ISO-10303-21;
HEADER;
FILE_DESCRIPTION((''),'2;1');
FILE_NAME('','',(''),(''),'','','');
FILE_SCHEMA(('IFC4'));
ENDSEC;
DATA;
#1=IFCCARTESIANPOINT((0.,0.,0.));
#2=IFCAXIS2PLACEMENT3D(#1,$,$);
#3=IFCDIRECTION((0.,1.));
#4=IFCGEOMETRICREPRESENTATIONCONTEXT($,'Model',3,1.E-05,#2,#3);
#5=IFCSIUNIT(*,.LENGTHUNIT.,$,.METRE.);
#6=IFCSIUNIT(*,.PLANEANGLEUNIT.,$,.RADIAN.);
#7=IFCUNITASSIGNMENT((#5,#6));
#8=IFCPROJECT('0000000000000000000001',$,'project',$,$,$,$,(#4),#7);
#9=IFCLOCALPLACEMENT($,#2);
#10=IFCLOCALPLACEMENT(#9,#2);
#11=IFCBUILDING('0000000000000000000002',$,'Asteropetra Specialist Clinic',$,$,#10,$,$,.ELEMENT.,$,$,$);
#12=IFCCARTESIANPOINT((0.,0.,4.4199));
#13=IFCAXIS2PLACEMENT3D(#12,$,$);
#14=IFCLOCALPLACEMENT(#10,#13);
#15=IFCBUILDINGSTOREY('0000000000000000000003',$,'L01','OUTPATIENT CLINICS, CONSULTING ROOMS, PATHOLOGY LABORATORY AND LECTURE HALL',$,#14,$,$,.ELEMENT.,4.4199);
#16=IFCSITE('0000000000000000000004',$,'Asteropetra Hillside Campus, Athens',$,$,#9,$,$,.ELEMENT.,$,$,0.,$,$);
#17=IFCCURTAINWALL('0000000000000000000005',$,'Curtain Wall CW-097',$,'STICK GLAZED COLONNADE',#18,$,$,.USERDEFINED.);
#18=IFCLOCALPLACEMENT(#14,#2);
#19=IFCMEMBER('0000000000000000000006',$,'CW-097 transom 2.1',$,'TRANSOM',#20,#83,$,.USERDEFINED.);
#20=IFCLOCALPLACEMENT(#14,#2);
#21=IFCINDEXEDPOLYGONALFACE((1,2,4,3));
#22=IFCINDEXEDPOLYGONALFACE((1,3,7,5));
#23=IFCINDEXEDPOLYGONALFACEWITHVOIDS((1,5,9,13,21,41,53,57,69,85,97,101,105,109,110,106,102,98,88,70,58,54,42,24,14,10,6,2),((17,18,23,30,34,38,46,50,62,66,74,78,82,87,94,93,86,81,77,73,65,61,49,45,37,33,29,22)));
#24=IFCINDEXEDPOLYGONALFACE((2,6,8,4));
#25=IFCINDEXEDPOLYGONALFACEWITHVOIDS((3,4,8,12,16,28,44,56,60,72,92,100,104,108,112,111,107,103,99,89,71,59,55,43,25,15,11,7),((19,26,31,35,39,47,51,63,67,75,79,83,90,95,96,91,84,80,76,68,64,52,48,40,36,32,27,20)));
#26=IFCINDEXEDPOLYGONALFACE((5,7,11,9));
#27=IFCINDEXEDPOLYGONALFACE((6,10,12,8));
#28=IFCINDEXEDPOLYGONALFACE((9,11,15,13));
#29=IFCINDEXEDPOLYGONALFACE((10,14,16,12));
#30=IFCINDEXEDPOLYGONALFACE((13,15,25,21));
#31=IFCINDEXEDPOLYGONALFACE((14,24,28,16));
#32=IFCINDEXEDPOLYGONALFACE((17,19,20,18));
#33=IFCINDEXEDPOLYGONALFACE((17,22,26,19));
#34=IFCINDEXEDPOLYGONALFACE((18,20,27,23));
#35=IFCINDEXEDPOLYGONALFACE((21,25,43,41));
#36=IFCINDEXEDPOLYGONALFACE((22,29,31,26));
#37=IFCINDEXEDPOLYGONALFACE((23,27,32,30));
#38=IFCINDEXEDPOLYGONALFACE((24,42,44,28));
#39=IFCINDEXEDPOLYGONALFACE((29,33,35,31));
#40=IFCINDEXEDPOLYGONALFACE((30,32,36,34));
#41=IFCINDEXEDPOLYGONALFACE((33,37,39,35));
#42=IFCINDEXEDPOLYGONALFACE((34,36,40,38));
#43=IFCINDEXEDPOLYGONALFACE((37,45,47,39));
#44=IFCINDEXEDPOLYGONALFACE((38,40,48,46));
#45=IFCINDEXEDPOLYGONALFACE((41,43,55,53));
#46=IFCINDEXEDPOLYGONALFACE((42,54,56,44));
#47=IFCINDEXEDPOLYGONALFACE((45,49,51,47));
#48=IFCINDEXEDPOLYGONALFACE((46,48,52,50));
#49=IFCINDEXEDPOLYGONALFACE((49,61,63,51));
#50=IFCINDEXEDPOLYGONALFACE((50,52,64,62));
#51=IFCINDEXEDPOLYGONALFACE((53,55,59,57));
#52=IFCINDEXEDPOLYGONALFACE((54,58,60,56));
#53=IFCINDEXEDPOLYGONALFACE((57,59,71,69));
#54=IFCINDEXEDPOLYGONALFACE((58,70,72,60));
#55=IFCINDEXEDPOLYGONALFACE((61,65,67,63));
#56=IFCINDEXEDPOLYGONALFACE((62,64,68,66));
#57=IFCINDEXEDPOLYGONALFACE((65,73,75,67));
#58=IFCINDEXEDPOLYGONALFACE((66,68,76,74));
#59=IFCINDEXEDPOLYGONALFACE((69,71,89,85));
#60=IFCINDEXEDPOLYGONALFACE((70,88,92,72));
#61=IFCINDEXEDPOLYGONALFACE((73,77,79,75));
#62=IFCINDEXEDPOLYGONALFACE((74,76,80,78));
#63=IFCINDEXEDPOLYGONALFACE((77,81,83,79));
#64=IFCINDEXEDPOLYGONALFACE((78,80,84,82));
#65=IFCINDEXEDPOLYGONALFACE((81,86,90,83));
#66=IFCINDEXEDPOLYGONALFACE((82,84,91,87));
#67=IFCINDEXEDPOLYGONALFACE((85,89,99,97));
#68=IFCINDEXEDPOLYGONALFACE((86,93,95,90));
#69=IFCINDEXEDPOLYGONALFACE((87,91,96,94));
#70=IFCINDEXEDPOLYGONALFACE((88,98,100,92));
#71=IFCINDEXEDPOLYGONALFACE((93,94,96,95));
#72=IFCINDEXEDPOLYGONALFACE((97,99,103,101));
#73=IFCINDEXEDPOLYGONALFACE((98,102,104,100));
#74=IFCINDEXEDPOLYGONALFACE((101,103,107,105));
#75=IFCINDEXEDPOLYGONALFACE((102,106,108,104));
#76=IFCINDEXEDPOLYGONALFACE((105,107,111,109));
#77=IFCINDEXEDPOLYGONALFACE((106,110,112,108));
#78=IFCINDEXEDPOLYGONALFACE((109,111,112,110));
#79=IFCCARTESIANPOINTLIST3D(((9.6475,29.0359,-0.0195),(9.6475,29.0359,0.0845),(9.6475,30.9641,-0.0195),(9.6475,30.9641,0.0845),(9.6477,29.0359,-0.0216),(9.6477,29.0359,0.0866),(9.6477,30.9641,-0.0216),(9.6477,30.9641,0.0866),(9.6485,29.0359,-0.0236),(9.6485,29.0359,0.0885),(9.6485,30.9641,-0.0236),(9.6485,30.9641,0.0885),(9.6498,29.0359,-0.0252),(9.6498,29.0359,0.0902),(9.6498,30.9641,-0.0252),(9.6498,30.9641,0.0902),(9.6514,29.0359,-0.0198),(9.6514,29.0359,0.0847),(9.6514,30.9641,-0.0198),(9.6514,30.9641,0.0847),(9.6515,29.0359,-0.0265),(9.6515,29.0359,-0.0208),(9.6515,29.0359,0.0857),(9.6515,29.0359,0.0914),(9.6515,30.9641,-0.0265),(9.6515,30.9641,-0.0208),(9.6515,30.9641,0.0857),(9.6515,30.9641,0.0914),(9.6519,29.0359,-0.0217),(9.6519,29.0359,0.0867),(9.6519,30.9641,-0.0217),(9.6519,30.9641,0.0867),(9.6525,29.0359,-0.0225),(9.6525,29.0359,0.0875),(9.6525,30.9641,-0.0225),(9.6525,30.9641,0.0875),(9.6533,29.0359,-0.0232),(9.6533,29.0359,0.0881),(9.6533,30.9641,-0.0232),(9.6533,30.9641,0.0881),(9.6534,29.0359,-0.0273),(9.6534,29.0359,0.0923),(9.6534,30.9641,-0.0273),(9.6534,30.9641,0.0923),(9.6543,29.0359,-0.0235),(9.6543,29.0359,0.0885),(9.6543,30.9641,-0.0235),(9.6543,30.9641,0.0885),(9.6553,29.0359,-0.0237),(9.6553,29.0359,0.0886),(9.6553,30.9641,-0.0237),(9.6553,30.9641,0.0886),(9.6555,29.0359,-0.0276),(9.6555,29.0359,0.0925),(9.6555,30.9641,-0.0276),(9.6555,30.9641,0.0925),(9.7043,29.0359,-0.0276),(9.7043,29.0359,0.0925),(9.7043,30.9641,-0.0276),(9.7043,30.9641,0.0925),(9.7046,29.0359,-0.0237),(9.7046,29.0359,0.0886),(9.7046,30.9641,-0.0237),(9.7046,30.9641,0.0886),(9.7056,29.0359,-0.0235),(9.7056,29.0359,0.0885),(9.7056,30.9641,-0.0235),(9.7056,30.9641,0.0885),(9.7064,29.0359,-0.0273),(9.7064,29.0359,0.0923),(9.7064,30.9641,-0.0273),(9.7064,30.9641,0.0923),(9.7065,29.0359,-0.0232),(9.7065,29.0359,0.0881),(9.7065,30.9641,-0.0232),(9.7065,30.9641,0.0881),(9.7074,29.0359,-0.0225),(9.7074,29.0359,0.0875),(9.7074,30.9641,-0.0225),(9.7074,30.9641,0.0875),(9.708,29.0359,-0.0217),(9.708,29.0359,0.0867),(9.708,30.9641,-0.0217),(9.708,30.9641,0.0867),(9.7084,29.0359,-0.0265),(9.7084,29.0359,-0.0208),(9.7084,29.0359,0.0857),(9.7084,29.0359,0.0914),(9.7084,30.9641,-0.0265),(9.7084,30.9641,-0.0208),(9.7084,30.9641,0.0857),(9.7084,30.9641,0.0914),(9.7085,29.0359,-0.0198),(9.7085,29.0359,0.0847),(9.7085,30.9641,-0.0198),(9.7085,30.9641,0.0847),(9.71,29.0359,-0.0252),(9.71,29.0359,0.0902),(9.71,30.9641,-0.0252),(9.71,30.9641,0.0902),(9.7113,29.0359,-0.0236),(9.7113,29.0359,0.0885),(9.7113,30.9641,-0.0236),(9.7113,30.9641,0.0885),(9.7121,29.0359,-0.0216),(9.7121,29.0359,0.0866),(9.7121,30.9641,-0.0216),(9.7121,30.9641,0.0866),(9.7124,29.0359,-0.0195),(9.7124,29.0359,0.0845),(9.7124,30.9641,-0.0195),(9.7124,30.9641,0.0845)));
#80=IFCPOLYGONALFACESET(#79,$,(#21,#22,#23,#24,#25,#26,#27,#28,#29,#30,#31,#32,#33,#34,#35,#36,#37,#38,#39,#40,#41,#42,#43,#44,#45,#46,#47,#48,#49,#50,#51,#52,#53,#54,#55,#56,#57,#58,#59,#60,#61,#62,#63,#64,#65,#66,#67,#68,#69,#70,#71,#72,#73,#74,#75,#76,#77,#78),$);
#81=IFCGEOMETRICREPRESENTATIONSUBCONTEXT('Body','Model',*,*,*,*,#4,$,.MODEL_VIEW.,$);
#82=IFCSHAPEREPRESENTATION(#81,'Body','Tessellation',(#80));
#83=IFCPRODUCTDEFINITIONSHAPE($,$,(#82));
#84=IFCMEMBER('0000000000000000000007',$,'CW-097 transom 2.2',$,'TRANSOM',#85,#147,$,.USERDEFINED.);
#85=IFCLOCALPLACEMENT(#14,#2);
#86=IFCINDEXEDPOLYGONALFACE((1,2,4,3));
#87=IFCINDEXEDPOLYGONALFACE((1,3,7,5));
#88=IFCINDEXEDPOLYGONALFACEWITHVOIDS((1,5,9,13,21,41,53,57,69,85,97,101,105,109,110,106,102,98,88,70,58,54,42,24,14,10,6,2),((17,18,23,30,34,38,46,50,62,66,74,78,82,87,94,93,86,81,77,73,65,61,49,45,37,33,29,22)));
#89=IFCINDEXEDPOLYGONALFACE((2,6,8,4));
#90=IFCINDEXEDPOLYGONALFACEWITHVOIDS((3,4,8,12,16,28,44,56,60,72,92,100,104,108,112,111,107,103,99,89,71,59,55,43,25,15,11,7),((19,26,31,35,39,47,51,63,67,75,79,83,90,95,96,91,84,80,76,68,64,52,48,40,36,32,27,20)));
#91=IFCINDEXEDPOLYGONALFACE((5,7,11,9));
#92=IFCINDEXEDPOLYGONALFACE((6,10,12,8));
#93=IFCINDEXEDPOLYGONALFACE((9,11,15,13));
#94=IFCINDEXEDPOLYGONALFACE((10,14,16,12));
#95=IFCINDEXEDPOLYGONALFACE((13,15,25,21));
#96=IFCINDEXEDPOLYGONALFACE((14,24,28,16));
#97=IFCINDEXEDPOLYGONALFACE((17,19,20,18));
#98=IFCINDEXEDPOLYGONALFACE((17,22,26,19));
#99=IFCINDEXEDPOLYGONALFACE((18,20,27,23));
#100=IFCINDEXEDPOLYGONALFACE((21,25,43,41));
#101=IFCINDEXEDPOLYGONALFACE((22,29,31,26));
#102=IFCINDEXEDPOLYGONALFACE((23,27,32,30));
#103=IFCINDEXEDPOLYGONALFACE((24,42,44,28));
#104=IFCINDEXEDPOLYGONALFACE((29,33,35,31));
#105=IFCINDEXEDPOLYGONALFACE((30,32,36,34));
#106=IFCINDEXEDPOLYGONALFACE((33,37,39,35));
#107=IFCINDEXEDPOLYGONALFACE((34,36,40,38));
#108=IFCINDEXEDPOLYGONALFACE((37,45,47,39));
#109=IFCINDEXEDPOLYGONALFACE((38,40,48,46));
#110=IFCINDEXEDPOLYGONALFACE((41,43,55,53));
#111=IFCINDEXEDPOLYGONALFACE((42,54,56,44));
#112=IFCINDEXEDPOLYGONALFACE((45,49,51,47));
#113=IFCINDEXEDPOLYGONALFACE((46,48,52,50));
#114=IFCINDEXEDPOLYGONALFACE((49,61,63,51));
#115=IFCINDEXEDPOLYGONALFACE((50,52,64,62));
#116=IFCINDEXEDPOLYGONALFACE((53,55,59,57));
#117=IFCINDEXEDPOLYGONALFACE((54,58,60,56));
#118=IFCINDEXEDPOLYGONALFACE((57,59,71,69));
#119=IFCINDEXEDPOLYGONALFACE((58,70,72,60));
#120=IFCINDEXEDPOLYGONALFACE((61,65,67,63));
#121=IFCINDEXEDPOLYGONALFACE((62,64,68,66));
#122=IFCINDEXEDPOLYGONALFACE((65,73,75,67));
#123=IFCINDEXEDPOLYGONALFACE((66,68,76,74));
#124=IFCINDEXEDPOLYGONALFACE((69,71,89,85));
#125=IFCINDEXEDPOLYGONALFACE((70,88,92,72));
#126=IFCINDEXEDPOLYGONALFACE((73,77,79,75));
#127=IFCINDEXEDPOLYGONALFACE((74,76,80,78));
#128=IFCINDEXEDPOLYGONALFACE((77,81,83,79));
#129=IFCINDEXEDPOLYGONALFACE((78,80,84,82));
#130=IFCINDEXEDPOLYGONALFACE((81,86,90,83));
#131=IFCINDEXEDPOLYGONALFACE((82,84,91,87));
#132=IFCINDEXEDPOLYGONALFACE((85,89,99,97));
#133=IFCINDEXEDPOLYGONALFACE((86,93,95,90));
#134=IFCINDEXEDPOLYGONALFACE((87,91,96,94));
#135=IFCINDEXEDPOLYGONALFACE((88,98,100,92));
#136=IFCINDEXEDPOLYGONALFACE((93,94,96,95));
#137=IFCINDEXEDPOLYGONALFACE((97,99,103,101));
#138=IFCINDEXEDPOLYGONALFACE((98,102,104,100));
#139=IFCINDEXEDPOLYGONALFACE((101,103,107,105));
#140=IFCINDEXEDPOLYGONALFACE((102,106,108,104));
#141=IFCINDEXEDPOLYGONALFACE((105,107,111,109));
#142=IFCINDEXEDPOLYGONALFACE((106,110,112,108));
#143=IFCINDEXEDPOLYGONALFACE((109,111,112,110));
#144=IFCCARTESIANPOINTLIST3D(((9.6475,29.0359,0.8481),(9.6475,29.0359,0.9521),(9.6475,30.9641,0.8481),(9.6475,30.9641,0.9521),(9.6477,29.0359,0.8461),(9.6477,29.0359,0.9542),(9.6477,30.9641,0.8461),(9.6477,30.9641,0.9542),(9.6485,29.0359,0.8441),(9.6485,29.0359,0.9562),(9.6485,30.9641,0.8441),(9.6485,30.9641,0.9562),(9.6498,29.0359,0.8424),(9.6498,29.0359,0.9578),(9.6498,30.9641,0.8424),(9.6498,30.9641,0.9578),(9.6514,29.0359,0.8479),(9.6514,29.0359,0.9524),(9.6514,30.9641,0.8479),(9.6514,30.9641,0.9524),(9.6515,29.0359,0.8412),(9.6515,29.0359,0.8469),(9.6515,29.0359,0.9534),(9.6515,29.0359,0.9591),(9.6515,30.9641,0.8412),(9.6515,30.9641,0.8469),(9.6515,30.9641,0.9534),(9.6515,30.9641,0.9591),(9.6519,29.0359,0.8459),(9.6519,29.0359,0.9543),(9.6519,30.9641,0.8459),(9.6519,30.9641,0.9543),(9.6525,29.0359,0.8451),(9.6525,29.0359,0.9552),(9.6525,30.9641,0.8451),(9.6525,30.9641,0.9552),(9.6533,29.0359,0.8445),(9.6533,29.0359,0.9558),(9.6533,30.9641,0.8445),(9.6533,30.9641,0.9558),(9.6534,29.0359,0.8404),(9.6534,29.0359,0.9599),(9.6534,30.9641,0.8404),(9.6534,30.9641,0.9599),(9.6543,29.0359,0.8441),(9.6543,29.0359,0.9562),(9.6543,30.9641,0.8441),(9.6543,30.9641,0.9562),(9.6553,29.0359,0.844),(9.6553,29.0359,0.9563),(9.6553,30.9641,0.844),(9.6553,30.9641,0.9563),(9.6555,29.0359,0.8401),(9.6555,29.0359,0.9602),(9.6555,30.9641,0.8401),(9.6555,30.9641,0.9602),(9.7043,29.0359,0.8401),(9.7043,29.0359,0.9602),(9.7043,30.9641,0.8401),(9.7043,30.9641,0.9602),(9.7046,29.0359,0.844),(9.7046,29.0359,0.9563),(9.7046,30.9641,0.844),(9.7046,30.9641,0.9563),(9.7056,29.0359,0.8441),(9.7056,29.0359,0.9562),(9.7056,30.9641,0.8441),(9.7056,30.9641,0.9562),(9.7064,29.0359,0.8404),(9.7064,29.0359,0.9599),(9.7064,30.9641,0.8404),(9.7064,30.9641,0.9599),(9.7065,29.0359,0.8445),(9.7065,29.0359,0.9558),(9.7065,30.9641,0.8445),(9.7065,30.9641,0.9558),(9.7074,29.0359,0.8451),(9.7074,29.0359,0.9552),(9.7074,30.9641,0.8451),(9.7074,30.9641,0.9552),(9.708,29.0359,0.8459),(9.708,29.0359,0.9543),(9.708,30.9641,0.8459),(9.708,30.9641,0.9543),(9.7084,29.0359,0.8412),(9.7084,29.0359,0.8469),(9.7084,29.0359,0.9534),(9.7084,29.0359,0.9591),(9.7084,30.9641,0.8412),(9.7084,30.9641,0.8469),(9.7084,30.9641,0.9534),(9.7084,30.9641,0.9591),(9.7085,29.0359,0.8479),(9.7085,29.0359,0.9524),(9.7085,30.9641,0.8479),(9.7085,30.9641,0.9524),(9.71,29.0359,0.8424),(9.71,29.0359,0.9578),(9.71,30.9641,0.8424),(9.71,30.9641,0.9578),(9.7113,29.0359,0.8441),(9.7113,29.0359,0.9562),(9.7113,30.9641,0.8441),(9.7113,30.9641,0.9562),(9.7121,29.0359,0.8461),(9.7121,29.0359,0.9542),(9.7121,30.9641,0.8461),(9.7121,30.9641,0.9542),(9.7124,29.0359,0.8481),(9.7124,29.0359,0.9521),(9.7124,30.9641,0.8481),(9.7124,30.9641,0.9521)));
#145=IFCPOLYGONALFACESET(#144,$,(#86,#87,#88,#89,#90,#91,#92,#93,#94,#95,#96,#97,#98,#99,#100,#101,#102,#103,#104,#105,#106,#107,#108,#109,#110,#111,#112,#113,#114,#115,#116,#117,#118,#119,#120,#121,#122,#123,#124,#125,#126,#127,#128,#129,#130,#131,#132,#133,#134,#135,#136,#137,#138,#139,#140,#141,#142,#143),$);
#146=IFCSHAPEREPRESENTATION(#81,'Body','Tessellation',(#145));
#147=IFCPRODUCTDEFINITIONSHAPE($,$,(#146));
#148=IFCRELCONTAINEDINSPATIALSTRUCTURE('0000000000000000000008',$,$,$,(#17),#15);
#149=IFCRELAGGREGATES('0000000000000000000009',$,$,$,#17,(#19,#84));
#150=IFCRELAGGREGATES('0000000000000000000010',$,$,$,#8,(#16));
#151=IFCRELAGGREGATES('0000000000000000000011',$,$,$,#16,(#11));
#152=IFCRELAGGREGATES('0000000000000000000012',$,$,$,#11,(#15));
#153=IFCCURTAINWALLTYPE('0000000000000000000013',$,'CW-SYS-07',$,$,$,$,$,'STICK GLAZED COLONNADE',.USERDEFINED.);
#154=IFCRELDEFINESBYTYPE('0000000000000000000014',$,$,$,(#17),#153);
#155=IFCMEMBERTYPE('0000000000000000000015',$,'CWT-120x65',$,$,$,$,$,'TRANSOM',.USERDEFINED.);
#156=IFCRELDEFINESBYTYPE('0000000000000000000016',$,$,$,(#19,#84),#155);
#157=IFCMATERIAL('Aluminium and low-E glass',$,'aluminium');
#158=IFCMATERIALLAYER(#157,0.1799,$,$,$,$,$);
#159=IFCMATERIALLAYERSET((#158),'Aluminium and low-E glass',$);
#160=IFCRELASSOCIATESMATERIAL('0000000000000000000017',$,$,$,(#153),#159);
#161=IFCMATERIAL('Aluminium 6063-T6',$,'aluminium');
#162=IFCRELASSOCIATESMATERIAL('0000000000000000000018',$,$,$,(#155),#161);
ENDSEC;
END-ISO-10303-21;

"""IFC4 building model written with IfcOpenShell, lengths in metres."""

from ifc_helpers import new_model, si_unit, direction, frame, origin, origin_2d, place, context, subcontext, project, spatial, hollow_rectangle, extrude, material, layer, layer_set, material_profile, profile_set, type_object, element, aggregate, save


model = new_model("IFC4")

# Units and contexts
model_context = context("Model", 3, precision=1e-05, world=origin(), true_north=direction((0.0, 1.0)))
body_context = subcontext(model_context, "Body", "Model", "MODEL_VIEW")
ifc_project = project(units=[si_unit("LENGTHUNIT", "METRE"), si_unit("PLANEANGLEUNIT", "RADIAN")], contexts=[model_context])

# Site, building, storey
site_placement = place(None, origin())
site = spatial("IfcSite", under=ifc_project, at=site_placement, Name="Asteropetra Hillside Campus, Athens", CompositionType="ELEMENT", RefElevation=0.0)
building_placement = place(site_placement, origin())
building = spatial("IfcBuilding", under=site, at=building_placement, Name="Asteropetra Specialist Clinic", CompositionType="ELEMENT")
storey_placement = place(building_placement, frame((0.0, 0.0, 4.4199)))
storey = spatial("IfcBuildingStorey", under=building, at=storey_placement, Name="L01", Description="OUTPATIENT CLINICS, CONSULTING ROOMS, PATHOLOGY LABORATORY AND LECTURE HALL", CompositionType="ELEMENT", Elevation=4.4199)

# Curtain wall, members
ifc_material_1 = material(Name="Aluminium and low-E glass", Category="aluminium")
ifc_layer_1 = layer(ifc_material_1, 0.1799)
ifc_layer_set_1 = layer_set([ifc_layer_1], Name="Aluminium and low-E glass")
curtain_wall_type = type_object("IfcCurtainWallType", Name="CW-SYS-07", ElementType="STICK GLAZED COLONNADE", PredefinedType="USERDEFINED", material=ifc_layer_set_1)
curtain_wall_placement = place(storey_placement, origin())
curtain_wall = element("IfcCurtainWall", 1, at=curtain_wall_placement, inside=storey, type_object=curtain_wall_type, Name="Curtain Wall CW-097", ObjectType="STICK GLAZED COLONNADE", PredefinedType="USERDEFINED")
ifc_material_2 = material(Name="Aluminium 6063-T6", Category="aluminium")
ifc_material_profile_1 = material_profile(ifc_material_2, hollow_rectangle(XDim=0.0649, YDim=0.1201, WallThickness=0.0039, InnerFilletRadius=0.0039, OuterFilletRadius=0.0081, at=origin_2d()), Name="TRN 120x65x4.0")
ifc_profile_set_1 = profile_set([ifc_material_profile_1], Name="Aluminium 6063-T6")
member_type_1 = type_object("IfcMemberType", Name="CWT-120x65", ElementType="TRANSOM", PredefinedType="USERDEFINED", material=ifc_profile_set_1)
member_1_placement = place(storey_placement, frame((9.6799, 29.0359, 0.0325), z_axis=(0.0, 1.0, 0.0), x_axis=(-1.0, 0.0, 0.0)))
member_1 = element("IfcMember", 2, at=member_1_placement, type_object=member_type_1, Name="CW-097 transom 2.1", ObjectType="TRANSOM", PredefinedType="USERDEFINED", context=body_context, shape_type="SweptSolid", body=[
    extrude(hollow_rectangle(XDim=0.0649, YDim=0.1201, WallThickness=0.0039, InnerFilletRadius=0.0039, OuterFilletRadius=0.0081, at=origin_2d()), origin(), (0.0, 0.0, 1.0), 1.9282),
])
member_2_placement = place(storey_placement, frame((9.6799, 29.0359, 0.9001), z_axis=(0.0, 1.0, 0.0), x_axis=(-1.0, 0.0, 0.0)))
member_2 = element("IfcMember", 3, at=member_2_placement, type_object=member_type_1, Name="CW-097 transom 2.2", ObjectType="TRANSOM", PredefinedType="USERDEFINED", context=body_context, shape_type="SweptSolid", body=[
    extrude(hollow_rectangle(XDim=0.0649, YDim=0.1201, WallThickness=0.0039, InnerFilletRadius=0.0039, OuterFilletRadius=0.0081, at=origin_2d()), origin(), (0.0, 0.0, 1.0), 1.9282),
])

aggregate(curtain_wall, [member_1, member_2])

save(model, "model.ifc")
